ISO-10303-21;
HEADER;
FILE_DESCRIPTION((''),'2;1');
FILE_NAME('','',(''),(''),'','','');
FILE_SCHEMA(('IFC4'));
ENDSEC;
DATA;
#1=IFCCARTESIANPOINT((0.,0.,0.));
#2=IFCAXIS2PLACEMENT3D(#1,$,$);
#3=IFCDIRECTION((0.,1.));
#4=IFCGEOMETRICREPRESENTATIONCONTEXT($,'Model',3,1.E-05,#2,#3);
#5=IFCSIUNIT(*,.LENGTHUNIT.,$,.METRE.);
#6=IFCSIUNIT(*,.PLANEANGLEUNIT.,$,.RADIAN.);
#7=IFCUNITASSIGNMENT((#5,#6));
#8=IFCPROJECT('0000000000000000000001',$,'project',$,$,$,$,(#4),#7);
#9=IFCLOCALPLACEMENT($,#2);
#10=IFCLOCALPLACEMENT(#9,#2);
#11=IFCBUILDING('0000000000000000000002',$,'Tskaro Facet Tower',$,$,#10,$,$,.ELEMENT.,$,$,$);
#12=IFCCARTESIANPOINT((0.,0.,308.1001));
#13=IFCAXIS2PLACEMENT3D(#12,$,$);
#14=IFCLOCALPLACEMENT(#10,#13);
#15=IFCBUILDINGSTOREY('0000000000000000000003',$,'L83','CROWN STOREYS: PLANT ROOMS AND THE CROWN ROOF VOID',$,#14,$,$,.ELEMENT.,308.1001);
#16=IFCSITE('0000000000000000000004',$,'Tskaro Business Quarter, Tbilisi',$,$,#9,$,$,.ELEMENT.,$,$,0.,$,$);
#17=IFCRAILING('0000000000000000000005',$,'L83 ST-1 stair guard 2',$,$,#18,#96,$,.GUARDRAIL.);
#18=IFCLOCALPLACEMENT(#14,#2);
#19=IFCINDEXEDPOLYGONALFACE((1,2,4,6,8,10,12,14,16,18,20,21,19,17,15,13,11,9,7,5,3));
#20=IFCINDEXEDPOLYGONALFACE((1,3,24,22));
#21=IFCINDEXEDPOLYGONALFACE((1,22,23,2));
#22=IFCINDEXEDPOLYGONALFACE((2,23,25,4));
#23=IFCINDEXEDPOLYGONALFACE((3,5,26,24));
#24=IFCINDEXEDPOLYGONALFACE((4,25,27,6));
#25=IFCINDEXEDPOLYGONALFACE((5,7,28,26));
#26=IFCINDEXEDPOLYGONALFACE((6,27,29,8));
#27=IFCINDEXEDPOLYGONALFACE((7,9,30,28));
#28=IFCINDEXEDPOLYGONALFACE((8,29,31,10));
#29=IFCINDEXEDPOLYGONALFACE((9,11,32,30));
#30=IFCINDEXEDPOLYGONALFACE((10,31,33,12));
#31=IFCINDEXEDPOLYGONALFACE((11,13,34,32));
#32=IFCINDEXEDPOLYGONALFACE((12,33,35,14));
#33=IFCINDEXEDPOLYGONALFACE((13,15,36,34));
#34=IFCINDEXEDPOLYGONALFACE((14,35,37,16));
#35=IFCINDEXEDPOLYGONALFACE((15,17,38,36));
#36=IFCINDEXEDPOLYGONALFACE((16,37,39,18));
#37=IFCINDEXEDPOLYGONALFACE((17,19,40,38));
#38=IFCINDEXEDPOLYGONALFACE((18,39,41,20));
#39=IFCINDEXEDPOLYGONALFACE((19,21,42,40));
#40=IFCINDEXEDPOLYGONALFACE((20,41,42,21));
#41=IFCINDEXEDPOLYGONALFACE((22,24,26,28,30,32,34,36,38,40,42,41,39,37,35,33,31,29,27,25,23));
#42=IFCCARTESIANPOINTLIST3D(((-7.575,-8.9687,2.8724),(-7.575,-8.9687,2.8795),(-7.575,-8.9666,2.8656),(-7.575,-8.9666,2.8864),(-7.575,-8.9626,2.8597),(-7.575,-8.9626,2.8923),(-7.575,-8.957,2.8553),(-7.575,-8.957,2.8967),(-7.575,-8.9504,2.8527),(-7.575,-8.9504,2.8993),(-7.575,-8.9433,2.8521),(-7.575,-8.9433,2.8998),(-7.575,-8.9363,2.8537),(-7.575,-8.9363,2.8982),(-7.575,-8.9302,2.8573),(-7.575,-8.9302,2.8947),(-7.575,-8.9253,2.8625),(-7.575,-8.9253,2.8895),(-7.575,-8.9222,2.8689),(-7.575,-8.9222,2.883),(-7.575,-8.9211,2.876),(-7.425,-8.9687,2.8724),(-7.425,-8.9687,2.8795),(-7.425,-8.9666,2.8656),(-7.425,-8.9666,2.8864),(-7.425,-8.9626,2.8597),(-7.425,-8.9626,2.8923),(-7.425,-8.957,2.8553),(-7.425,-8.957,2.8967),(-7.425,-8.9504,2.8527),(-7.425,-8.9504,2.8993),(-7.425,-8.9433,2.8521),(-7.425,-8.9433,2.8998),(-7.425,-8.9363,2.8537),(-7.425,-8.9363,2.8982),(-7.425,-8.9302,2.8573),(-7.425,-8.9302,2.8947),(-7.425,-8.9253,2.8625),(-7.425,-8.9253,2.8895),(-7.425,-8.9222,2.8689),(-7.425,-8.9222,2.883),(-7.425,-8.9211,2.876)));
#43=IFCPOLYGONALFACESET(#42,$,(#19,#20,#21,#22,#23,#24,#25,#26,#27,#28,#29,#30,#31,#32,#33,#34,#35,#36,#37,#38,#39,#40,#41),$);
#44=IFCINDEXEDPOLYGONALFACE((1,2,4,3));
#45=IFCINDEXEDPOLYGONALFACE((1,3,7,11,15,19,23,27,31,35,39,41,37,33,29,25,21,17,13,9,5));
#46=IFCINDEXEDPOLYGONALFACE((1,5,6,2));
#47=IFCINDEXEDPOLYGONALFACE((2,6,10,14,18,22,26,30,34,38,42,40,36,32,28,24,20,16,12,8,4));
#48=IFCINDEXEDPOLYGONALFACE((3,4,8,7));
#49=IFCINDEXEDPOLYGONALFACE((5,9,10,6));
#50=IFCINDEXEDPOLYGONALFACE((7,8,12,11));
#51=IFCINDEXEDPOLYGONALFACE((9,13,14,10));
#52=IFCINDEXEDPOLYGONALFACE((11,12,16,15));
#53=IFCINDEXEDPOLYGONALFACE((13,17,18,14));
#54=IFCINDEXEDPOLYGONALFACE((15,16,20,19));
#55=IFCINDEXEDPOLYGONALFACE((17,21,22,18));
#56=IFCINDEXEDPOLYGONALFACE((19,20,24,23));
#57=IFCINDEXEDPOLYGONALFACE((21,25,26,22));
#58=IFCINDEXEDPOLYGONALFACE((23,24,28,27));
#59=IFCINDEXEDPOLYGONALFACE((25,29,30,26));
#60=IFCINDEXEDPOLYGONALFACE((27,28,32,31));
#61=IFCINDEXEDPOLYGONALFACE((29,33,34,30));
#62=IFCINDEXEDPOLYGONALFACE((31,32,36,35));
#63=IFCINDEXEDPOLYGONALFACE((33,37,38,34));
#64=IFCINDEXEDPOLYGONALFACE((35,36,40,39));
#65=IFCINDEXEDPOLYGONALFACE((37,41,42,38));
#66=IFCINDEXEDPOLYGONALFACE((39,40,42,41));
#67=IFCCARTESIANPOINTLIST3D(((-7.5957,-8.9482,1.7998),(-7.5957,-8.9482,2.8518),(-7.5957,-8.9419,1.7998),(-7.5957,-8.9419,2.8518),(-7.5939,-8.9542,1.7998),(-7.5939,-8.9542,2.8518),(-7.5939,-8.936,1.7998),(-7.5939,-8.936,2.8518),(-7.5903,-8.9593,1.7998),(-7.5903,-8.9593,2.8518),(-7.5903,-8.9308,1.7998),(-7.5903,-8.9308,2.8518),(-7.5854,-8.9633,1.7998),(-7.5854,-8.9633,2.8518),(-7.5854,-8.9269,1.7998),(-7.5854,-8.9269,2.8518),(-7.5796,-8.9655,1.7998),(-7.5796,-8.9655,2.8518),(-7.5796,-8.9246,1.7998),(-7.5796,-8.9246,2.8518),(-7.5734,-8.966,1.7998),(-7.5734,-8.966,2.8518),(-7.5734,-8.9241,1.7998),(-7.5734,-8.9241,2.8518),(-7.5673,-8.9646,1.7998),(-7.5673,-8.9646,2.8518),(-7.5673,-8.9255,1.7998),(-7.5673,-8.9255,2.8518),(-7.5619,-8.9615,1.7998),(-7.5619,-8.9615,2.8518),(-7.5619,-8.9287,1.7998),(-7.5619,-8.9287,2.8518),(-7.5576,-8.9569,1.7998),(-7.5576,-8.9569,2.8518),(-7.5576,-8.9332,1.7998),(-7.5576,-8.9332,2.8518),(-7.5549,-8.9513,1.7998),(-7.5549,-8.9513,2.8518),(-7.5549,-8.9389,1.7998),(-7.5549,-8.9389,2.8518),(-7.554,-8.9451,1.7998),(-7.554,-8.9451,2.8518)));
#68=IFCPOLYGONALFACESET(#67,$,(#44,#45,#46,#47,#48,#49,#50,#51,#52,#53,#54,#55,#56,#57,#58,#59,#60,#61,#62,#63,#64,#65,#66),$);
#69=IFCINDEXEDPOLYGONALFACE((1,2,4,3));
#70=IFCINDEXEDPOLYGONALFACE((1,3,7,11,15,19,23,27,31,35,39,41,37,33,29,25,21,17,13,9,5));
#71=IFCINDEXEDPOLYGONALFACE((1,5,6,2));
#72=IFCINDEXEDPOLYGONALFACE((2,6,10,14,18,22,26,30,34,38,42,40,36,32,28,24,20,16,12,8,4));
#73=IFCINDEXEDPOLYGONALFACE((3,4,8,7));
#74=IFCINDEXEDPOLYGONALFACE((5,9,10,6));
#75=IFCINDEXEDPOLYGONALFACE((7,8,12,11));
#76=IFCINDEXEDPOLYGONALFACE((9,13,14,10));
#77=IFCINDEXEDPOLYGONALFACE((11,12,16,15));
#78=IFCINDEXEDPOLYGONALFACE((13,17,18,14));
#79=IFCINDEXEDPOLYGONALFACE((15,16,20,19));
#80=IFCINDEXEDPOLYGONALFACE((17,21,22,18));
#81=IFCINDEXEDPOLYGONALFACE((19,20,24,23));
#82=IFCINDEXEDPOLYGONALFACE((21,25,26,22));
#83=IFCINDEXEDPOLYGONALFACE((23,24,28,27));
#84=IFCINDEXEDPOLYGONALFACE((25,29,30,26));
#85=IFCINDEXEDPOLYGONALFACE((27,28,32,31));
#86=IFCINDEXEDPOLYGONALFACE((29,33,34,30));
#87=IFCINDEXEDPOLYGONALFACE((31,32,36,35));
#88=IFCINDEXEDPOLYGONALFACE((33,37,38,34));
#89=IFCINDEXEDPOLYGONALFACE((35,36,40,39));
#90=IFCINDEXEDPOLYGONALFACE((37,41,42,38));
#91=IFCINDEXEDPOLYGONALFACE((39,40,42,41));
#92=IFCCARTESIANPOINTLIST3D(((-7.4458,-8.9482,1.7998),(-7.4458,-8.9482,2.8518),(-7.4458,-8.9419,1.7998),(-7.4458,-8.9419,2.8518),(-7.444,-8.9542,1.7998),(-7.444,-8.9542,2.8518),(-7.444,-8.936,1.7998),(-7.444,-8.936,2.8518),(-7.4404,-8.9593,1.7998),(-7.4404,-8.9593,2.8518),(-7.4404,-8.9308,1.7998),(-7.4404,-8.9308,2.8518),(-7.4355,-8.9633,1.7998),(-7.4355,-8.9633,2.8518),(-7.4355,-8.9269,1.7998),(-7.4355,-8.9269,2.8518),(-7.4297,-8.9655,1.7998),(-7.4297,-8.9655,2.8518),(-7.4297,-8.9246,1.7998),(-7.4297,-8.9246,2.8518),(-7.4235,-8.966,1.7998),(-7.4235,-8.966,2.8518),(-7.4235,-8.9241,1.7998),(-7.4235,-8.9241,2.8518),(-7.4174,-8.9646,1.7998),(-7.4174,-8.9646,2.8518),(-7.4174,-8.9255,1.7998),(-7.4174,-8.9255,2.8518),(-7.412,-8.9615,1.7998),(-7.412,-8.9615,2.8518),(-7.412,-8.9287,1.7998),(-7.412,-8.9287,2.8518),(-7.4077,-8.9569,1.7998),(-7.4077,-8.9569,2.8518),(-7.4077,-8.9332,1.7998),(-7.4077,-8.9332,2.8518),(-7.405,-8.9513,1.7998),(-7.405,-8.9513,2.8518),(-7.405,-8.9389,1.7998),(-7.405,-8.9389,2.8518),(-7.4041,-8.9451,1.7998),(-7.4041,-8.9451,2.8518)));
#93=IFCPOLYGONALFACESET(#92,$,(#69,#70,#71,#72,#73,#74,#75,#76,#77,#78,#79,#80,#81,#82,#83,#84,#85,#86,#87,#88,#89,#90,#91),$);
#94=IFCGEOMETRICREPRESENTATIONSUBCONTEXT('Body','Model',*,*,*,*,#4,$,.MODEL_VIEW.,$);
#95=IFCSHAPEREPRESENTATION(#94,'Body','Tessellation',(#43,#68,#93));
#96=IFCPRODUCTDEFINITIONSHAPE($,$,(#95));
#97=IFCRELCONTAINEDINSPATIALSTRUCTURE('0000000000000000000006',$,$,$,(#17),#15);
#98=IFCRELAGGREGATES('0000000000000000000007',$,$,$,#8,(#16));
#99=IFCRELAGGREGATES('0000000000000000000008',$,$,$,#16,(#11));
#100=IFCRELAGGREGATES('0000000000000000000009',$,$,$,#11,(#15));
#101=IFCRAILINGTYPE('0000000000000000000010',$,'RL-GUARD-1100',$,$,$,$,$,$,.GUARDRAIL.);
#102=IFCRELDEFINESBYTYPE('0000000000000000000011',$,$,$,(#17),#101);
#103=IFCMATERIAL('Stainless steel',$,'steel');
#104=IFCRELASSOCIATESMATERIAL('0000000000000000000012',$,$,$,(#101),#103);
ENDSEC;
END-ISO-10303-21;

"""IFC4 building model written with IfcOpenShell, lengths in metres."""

from ifc_helpers import new_model, si_unit, direction, frame, origin, origin_2d, place, context, subcontext, project, spatial, circle, extrude, material, type_object, element, save


model = new_model("IFC4")

# Units and contexts
model_context = context("Model", 3, precision=1e-05, world=origin(), true_north=direction((0.0, 1.0)))
body_context = subcontext(model_context, "Body", "Model", "MODEL_VIEW")
ifc_project = project(units=[si_unit("LENGTHUNIT", "METRE"), si_unit("PLANEANGLEUNIT", "RADIAN")], contexts=[model_context])

# Site, building, storey
site_placement = place(None, origin())
site = spatial("IfcSite", under=ifc_project, at=site_placement, Name="Tskaro Business Quarter, Tbilisi", CompositionType="ELEMENT", RefElevation=0.0)
building_placement = place(site_placement, origin())
building = spatial("IfcBuilding", under=site, at=building_placement, Name="Tskaro Facet Tower", CompositionType="ELEMENT")
storey_placement = place(building_placement, frame((0.0, 0.0, 308.1001)))
storey = spatial("IfcBuildingStorey", under=building, at=storey_placement, Name="L83", Description="CROWN STOREYS: PLANT ROOMS AND THE CROWN ROOF VOID", CompositionType="ELEMENT", Elevation=308.1001)

# Railing
ifc_material_1 = material(Name="Stainless steel", Category="steel")
railing_type_1 = type_object("IfcRailingType", Name="RL-GUARD-1100", PredefinedType="GUARDRAIL", material=ifc_material_1)
railing_1_placement = place(storey_placement, frame((-7.575, -8.9451, 1.7998)))
element("IfcRailing", 1, at=railing_1_placement, inside=storey, type_object=railing_type_1, Name="L83 ST-1 stair guard 2", PredefinedType="GUARDRAIL", context=body_context, shape_type="SweptSolid", body=[
    extrude(circle(Radius=0.0239, at=origin_2d()), frame((0.0, 0.0, 1.0762), z_axis=(1.0, 0.0, 0.0), x_axis=(0.0, 1.0, 0.0)), (0.0, 0.0, 1.0), 0.1499),
    extrude(circle(Radius=0.021, at=origin_2d()), origin(), (0.0, 0.0, 1.0), 1.052),
    extrude(circle(Radius=0.021, at=origin_2d()), frame((0.1499, 0.0, 0.0)), (0.0, 0.0, 1.0), 1.052),
])

save(model, "model.ifc")
